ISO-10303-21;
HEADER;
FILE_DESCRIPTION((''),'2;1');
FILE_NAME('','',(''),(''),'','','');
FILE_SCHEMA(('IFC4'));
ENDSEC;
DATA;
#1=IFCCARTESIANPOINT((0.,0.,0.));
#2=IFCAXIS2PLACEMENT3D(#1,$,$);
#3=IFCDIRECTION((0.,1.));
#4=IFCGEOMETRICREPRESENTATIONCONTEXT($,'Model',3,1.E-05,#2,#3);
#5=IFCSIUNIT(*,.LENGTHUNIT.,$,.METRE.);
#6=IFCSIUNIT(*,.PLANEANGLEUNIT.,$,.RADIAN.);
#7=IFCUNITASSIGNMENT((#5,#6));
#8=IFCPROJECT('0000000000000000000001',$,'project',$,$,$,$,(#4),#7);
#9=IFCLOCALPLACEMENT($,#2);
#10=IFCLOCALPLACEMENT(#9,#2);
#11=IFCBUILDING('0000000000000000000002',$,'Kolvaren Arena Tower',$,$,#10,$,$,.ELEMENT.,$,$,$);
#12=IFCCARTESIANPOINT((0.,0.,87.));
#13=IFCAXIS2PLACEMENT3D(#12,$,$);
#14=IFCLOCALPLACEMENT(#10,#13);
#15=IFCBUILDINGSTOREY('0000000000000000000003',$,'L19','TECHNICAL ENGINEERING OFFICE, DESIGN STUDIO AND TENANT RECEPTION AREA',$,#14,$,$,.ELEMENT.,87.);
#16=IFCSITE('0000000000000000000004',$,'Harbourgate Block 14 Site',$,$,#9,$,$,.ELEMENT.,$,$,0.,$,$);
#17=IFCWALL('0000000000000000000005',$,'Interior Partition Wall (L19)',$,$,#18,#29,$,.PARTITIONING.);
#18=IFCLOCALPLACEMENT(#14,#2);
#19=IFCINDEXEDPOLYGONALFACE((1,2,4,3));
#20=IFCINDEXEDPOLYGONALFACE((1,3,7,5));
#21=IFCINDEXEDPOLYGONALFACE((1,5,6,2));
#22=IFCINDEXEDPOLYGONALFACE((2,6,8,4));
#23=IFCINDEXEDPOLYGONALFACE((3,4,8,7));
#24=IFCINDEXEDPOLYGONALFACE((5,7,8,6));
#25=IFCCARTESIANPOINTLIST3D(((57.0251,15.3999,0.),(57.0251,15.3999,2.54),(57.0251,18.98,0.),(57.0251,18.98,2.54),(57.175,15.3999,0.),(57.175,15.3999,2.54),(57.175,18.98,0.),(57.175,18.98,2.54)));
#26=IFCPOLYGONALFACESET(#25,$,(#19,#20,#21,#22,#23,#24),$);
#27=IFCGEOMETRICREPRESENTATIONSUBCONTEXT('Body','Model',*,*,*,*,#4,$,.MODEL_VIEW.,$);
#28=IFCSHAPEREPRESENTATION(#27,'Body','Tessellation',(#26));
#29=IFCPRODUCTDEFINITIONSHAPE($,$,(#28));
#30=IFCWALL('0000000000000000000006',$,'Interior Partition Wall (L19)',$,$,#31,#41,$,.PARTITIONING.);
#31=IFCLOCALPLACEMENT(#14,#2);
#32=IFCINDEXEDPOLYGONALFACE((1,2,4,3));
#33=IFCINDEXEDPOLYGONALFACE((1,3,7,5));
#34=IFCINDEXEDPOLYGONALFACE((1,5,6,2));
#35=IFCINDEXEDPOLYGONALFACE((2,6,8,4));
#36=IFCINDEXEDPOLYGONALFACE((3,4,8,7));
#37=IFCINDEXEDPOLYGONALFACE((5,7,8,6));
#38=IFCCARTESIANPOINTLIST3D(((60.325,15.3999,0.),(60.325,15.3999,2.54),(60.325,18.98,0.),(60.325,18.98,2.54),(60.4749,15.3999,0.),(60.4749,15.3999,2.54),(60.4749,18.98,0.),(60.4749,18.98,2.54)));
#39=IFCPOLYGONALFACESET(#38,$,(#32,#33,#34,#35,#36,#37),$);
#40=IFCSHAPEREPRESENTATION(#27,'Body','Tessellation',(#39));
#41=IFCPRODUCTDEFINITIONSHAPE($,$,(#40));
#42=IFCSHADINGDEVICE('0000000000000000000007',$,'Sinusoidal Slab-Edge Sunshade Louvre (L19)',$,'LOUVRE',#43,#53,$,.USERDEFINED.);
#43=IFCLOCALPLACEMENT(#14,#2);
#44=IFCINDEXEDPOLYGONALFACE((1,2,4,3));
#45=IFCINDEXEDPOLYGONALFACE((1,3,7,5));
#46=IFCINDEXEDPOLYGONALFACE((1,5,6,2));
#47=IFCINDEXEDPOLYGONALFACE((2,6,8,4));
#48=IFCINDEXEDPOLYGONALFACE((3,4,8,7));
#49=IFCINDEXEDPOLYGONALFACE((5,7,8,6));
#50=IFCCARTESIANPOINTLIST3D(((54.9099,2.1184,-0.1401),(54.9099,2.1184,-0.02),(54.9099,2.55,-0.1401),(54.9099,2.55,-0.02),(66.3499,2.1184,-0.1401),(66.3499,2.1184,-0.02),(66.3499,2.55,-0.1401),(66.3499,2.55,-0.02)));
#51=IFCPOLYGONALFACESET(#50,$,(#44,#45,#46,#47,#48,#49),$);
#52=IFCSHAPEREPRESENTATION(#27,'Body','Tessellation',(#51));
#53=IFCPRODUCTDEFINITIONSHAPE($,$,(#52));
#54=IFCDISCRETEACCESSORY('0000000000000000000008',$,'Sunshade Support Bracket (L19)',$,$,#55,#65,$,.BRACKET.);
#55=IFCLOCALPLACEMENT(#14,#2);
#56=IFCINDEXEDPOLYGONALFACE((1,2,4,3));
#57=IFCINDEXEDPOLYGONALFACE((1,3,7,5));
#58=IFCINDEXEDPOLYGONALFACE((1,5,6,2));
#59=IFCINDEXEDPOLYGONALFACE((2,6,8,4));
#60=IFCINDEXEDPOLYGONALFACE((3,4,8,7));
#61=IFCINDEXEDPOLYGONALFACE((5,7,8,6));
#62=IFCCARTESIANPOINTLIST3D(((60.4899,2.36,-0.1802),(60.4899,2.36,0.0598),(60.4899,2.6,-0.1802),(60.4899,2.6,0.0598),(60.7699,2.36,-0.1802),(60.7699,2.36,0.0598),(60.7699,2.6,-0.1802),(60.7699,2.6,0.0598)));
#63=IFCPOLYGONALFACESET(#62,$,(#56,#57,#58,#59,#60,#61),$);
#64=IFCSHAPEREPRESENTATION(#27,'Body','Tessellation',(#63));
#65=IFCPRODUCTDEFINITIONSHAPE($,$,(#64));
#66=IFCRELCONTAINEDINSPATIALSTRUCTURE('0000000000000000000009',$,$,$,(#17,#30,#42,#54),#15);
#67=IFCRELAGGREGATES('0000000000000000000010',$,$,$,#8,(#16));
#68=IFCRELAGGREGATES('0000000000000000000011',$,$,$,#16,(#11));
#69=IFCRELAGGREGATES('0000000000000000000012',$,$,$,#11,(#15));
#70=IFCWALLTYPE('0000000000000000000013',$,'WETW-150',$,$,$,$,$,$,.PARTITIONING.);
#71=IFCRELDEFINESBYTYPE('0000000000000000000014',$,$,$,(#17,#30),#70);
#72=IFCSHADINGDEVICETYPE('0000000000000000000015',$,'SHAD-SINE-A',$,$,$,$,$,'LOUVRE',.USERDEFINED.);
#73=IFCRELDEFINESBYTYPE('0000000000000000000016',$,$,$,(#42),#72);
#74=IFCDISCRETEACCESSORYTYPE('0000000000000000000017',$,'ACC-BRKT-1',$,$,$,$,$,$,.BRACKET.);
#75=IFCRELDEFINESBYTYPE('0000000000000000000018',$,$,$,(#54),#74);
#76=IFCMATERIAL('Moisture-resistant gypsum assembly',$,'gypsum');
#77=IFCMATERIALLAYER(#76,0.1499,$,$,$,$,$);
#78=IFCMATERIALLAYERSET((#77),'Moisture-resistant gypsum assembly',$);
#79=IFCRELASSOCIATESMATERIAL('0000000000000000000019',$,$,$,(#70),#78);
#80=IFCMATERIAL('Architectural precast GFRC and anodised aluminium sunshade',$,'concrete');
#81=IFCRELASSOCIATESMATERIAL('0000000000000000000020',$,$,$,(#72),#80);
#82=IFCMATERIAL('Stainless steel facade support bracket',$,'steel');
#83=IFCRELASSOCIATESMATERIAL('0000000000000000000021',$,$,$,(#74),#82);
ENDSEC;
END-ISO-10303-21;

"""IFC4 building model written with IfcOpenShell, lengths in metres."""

from ifc_helpers import new_model, si_unit, direction, frame, frame_2d, origin, origin_2d, place, context, subcontext, project, spatial, rectangle, extrude, material, layer, layer_set, type_object, element, save


model = new_model("IFC4")

# Units and contexts
model_context = context("Model", 3, precision=1e-05, world=origin(), true_north=direction((0.0, 1.0)))
body_context = subcontext(model_context, "Body", "Model", "MODEL_VIEW")
ifc_project = project(units=[si_unit("LENGTHUNIT", "METRE"), si_unit("PLANEANGLEUNIT", "RADIAN")], contexts=[model_context])

# Site, building, storey
site_placement = place(None, origin())
site = spatial("IfcSite", under=ifc_project, at=site_placement, Name="Harbourgate Block 14 Site", CompositionType="ELEMENT", RefElevation=0.0)
building_placement = place(site_placement, origin())
building = spatial("IfcBuilding", under=site, at=building_placement, Name="Kolvaren Arena Tower", CompositionType="ELEMENT")
storey_placement = place(building_placement, frame((0.0, 0.0, 87.0)))
storey = spatial("IfcBuildingStorey", under=building, at=storey_placement, Name="L19", Description="TECHNICAL ENGINEERING OFFICE, DESIGN STUDIO AND TENANT RECEPTION AREA", CompositionType="ELEMENT", Elevation=87.0)

# Walls
ifc_material_1 = material(Name="Moisture-resistant gypsum assembly", Category="gypsum")
ifc_layer_1 = layer(ifc_material_1, 0.1499)
ifc_layer_set_1 = layer_set([ifc_layer_1], Name="Moisture-resistant gypsum assembly")
wall_type_1 = type_object("IfcWallType", Name="WETW-150", PredefinedType="PARTITIONING", material=ifc_layer_set_1)
for number, where, z_axis, x_axis, name in (
    (1, (57.1001, 15.3999, 0.0), (0.0, 0.0, 1.0), (0.0, 1.0, 0.0), "Interior Partition Wall (L19)"),
    (2, (60.3999, 15.3999, 0.0), (0.0, 0.0, 1.0), (0.0, 1.0, 0.0), "Interior Partition Wall (L19)"),
):
    element("IfcWall", number, at=place(storey_placement, frame(where, z_axis=z_axis, x_axis=x_axis)), inside=storey, type_object=wall_type_1, Name=name, PredefinedType="PARTITIONING", context=body_context, shape_type="SweptSolid", body=[
        extrude(rectangle(XDim=3.5801, YDim=0.1499, at=frame_2d((1.79, 0.0))), origin(), (0.0, 0.0, 1.0), 2.54),
    ])

# Shading device
ifc_material_2 = material(Name="Architectural precast GFRC and anodised aluminium sunshade", Category="concrete")
shading_device_type = type_object("IfcShadingDeviceType", Name="SHAD-SINE-A", ElementType="LOUVRE", PredefinedType="USERDEFINED", material=ifc_material_2)
shading_device_placement = place(storey_placement, frame((60.6299, 2.3342, -0.1401), z_axis=(0.0, 0.0, 1.0), x_axis=(-1.0, 0.0, 0.0)))
element("IfcShadingDevice", 3, at=shading_device_placement, inside=storey, type_object=shading_device_type, Name="Sinusoidal Slab-Edge Sunshade Louvre (L19)", ObjectType="LOUVRE", PredefinedType="USERDEFINED", context=body_context, shape_type="SweptSolid", body=[
    extrude(rectangle(XDim=11.4399, YDim=0.4316, at=origin_2d()), origin(), (0.0, 0.0, 1.0), 0.1201),
])

# Discrete accessory
ifc_material_3 = material(Name="Stainless steel facade support bracket", Category="steel")
discrete_accessory_type = type_object("IfcDiscreteAccessoryType", Name="ACC-BRKT-1", PredefinedType="BRACKET", material=ifc_material_3)
discrete_accessory_placement = place(storey_placement, frame((60.6299, 2.48, -0.1802), z_axis=(0.0, 0.0, 1.0), x_axis=(-1.0, 0.0, 0.0)))
element("IfcDiscreteAccessory", 4, at=discrete_accessory_placement, inside=storey, type_object=discrete_accessory_type, Name="Sunshade Support Bracket (L19)", PredefinedType="BRACKET", context=body_context, shape_type="SweptSolid", body=[
    extrude(rectangle(XDim=0.28, YDim=0.24, at=origin_2d()), origin(), (0.0, 0.0, 1.0), 0.24),
])

save(model, "model.ifc")
